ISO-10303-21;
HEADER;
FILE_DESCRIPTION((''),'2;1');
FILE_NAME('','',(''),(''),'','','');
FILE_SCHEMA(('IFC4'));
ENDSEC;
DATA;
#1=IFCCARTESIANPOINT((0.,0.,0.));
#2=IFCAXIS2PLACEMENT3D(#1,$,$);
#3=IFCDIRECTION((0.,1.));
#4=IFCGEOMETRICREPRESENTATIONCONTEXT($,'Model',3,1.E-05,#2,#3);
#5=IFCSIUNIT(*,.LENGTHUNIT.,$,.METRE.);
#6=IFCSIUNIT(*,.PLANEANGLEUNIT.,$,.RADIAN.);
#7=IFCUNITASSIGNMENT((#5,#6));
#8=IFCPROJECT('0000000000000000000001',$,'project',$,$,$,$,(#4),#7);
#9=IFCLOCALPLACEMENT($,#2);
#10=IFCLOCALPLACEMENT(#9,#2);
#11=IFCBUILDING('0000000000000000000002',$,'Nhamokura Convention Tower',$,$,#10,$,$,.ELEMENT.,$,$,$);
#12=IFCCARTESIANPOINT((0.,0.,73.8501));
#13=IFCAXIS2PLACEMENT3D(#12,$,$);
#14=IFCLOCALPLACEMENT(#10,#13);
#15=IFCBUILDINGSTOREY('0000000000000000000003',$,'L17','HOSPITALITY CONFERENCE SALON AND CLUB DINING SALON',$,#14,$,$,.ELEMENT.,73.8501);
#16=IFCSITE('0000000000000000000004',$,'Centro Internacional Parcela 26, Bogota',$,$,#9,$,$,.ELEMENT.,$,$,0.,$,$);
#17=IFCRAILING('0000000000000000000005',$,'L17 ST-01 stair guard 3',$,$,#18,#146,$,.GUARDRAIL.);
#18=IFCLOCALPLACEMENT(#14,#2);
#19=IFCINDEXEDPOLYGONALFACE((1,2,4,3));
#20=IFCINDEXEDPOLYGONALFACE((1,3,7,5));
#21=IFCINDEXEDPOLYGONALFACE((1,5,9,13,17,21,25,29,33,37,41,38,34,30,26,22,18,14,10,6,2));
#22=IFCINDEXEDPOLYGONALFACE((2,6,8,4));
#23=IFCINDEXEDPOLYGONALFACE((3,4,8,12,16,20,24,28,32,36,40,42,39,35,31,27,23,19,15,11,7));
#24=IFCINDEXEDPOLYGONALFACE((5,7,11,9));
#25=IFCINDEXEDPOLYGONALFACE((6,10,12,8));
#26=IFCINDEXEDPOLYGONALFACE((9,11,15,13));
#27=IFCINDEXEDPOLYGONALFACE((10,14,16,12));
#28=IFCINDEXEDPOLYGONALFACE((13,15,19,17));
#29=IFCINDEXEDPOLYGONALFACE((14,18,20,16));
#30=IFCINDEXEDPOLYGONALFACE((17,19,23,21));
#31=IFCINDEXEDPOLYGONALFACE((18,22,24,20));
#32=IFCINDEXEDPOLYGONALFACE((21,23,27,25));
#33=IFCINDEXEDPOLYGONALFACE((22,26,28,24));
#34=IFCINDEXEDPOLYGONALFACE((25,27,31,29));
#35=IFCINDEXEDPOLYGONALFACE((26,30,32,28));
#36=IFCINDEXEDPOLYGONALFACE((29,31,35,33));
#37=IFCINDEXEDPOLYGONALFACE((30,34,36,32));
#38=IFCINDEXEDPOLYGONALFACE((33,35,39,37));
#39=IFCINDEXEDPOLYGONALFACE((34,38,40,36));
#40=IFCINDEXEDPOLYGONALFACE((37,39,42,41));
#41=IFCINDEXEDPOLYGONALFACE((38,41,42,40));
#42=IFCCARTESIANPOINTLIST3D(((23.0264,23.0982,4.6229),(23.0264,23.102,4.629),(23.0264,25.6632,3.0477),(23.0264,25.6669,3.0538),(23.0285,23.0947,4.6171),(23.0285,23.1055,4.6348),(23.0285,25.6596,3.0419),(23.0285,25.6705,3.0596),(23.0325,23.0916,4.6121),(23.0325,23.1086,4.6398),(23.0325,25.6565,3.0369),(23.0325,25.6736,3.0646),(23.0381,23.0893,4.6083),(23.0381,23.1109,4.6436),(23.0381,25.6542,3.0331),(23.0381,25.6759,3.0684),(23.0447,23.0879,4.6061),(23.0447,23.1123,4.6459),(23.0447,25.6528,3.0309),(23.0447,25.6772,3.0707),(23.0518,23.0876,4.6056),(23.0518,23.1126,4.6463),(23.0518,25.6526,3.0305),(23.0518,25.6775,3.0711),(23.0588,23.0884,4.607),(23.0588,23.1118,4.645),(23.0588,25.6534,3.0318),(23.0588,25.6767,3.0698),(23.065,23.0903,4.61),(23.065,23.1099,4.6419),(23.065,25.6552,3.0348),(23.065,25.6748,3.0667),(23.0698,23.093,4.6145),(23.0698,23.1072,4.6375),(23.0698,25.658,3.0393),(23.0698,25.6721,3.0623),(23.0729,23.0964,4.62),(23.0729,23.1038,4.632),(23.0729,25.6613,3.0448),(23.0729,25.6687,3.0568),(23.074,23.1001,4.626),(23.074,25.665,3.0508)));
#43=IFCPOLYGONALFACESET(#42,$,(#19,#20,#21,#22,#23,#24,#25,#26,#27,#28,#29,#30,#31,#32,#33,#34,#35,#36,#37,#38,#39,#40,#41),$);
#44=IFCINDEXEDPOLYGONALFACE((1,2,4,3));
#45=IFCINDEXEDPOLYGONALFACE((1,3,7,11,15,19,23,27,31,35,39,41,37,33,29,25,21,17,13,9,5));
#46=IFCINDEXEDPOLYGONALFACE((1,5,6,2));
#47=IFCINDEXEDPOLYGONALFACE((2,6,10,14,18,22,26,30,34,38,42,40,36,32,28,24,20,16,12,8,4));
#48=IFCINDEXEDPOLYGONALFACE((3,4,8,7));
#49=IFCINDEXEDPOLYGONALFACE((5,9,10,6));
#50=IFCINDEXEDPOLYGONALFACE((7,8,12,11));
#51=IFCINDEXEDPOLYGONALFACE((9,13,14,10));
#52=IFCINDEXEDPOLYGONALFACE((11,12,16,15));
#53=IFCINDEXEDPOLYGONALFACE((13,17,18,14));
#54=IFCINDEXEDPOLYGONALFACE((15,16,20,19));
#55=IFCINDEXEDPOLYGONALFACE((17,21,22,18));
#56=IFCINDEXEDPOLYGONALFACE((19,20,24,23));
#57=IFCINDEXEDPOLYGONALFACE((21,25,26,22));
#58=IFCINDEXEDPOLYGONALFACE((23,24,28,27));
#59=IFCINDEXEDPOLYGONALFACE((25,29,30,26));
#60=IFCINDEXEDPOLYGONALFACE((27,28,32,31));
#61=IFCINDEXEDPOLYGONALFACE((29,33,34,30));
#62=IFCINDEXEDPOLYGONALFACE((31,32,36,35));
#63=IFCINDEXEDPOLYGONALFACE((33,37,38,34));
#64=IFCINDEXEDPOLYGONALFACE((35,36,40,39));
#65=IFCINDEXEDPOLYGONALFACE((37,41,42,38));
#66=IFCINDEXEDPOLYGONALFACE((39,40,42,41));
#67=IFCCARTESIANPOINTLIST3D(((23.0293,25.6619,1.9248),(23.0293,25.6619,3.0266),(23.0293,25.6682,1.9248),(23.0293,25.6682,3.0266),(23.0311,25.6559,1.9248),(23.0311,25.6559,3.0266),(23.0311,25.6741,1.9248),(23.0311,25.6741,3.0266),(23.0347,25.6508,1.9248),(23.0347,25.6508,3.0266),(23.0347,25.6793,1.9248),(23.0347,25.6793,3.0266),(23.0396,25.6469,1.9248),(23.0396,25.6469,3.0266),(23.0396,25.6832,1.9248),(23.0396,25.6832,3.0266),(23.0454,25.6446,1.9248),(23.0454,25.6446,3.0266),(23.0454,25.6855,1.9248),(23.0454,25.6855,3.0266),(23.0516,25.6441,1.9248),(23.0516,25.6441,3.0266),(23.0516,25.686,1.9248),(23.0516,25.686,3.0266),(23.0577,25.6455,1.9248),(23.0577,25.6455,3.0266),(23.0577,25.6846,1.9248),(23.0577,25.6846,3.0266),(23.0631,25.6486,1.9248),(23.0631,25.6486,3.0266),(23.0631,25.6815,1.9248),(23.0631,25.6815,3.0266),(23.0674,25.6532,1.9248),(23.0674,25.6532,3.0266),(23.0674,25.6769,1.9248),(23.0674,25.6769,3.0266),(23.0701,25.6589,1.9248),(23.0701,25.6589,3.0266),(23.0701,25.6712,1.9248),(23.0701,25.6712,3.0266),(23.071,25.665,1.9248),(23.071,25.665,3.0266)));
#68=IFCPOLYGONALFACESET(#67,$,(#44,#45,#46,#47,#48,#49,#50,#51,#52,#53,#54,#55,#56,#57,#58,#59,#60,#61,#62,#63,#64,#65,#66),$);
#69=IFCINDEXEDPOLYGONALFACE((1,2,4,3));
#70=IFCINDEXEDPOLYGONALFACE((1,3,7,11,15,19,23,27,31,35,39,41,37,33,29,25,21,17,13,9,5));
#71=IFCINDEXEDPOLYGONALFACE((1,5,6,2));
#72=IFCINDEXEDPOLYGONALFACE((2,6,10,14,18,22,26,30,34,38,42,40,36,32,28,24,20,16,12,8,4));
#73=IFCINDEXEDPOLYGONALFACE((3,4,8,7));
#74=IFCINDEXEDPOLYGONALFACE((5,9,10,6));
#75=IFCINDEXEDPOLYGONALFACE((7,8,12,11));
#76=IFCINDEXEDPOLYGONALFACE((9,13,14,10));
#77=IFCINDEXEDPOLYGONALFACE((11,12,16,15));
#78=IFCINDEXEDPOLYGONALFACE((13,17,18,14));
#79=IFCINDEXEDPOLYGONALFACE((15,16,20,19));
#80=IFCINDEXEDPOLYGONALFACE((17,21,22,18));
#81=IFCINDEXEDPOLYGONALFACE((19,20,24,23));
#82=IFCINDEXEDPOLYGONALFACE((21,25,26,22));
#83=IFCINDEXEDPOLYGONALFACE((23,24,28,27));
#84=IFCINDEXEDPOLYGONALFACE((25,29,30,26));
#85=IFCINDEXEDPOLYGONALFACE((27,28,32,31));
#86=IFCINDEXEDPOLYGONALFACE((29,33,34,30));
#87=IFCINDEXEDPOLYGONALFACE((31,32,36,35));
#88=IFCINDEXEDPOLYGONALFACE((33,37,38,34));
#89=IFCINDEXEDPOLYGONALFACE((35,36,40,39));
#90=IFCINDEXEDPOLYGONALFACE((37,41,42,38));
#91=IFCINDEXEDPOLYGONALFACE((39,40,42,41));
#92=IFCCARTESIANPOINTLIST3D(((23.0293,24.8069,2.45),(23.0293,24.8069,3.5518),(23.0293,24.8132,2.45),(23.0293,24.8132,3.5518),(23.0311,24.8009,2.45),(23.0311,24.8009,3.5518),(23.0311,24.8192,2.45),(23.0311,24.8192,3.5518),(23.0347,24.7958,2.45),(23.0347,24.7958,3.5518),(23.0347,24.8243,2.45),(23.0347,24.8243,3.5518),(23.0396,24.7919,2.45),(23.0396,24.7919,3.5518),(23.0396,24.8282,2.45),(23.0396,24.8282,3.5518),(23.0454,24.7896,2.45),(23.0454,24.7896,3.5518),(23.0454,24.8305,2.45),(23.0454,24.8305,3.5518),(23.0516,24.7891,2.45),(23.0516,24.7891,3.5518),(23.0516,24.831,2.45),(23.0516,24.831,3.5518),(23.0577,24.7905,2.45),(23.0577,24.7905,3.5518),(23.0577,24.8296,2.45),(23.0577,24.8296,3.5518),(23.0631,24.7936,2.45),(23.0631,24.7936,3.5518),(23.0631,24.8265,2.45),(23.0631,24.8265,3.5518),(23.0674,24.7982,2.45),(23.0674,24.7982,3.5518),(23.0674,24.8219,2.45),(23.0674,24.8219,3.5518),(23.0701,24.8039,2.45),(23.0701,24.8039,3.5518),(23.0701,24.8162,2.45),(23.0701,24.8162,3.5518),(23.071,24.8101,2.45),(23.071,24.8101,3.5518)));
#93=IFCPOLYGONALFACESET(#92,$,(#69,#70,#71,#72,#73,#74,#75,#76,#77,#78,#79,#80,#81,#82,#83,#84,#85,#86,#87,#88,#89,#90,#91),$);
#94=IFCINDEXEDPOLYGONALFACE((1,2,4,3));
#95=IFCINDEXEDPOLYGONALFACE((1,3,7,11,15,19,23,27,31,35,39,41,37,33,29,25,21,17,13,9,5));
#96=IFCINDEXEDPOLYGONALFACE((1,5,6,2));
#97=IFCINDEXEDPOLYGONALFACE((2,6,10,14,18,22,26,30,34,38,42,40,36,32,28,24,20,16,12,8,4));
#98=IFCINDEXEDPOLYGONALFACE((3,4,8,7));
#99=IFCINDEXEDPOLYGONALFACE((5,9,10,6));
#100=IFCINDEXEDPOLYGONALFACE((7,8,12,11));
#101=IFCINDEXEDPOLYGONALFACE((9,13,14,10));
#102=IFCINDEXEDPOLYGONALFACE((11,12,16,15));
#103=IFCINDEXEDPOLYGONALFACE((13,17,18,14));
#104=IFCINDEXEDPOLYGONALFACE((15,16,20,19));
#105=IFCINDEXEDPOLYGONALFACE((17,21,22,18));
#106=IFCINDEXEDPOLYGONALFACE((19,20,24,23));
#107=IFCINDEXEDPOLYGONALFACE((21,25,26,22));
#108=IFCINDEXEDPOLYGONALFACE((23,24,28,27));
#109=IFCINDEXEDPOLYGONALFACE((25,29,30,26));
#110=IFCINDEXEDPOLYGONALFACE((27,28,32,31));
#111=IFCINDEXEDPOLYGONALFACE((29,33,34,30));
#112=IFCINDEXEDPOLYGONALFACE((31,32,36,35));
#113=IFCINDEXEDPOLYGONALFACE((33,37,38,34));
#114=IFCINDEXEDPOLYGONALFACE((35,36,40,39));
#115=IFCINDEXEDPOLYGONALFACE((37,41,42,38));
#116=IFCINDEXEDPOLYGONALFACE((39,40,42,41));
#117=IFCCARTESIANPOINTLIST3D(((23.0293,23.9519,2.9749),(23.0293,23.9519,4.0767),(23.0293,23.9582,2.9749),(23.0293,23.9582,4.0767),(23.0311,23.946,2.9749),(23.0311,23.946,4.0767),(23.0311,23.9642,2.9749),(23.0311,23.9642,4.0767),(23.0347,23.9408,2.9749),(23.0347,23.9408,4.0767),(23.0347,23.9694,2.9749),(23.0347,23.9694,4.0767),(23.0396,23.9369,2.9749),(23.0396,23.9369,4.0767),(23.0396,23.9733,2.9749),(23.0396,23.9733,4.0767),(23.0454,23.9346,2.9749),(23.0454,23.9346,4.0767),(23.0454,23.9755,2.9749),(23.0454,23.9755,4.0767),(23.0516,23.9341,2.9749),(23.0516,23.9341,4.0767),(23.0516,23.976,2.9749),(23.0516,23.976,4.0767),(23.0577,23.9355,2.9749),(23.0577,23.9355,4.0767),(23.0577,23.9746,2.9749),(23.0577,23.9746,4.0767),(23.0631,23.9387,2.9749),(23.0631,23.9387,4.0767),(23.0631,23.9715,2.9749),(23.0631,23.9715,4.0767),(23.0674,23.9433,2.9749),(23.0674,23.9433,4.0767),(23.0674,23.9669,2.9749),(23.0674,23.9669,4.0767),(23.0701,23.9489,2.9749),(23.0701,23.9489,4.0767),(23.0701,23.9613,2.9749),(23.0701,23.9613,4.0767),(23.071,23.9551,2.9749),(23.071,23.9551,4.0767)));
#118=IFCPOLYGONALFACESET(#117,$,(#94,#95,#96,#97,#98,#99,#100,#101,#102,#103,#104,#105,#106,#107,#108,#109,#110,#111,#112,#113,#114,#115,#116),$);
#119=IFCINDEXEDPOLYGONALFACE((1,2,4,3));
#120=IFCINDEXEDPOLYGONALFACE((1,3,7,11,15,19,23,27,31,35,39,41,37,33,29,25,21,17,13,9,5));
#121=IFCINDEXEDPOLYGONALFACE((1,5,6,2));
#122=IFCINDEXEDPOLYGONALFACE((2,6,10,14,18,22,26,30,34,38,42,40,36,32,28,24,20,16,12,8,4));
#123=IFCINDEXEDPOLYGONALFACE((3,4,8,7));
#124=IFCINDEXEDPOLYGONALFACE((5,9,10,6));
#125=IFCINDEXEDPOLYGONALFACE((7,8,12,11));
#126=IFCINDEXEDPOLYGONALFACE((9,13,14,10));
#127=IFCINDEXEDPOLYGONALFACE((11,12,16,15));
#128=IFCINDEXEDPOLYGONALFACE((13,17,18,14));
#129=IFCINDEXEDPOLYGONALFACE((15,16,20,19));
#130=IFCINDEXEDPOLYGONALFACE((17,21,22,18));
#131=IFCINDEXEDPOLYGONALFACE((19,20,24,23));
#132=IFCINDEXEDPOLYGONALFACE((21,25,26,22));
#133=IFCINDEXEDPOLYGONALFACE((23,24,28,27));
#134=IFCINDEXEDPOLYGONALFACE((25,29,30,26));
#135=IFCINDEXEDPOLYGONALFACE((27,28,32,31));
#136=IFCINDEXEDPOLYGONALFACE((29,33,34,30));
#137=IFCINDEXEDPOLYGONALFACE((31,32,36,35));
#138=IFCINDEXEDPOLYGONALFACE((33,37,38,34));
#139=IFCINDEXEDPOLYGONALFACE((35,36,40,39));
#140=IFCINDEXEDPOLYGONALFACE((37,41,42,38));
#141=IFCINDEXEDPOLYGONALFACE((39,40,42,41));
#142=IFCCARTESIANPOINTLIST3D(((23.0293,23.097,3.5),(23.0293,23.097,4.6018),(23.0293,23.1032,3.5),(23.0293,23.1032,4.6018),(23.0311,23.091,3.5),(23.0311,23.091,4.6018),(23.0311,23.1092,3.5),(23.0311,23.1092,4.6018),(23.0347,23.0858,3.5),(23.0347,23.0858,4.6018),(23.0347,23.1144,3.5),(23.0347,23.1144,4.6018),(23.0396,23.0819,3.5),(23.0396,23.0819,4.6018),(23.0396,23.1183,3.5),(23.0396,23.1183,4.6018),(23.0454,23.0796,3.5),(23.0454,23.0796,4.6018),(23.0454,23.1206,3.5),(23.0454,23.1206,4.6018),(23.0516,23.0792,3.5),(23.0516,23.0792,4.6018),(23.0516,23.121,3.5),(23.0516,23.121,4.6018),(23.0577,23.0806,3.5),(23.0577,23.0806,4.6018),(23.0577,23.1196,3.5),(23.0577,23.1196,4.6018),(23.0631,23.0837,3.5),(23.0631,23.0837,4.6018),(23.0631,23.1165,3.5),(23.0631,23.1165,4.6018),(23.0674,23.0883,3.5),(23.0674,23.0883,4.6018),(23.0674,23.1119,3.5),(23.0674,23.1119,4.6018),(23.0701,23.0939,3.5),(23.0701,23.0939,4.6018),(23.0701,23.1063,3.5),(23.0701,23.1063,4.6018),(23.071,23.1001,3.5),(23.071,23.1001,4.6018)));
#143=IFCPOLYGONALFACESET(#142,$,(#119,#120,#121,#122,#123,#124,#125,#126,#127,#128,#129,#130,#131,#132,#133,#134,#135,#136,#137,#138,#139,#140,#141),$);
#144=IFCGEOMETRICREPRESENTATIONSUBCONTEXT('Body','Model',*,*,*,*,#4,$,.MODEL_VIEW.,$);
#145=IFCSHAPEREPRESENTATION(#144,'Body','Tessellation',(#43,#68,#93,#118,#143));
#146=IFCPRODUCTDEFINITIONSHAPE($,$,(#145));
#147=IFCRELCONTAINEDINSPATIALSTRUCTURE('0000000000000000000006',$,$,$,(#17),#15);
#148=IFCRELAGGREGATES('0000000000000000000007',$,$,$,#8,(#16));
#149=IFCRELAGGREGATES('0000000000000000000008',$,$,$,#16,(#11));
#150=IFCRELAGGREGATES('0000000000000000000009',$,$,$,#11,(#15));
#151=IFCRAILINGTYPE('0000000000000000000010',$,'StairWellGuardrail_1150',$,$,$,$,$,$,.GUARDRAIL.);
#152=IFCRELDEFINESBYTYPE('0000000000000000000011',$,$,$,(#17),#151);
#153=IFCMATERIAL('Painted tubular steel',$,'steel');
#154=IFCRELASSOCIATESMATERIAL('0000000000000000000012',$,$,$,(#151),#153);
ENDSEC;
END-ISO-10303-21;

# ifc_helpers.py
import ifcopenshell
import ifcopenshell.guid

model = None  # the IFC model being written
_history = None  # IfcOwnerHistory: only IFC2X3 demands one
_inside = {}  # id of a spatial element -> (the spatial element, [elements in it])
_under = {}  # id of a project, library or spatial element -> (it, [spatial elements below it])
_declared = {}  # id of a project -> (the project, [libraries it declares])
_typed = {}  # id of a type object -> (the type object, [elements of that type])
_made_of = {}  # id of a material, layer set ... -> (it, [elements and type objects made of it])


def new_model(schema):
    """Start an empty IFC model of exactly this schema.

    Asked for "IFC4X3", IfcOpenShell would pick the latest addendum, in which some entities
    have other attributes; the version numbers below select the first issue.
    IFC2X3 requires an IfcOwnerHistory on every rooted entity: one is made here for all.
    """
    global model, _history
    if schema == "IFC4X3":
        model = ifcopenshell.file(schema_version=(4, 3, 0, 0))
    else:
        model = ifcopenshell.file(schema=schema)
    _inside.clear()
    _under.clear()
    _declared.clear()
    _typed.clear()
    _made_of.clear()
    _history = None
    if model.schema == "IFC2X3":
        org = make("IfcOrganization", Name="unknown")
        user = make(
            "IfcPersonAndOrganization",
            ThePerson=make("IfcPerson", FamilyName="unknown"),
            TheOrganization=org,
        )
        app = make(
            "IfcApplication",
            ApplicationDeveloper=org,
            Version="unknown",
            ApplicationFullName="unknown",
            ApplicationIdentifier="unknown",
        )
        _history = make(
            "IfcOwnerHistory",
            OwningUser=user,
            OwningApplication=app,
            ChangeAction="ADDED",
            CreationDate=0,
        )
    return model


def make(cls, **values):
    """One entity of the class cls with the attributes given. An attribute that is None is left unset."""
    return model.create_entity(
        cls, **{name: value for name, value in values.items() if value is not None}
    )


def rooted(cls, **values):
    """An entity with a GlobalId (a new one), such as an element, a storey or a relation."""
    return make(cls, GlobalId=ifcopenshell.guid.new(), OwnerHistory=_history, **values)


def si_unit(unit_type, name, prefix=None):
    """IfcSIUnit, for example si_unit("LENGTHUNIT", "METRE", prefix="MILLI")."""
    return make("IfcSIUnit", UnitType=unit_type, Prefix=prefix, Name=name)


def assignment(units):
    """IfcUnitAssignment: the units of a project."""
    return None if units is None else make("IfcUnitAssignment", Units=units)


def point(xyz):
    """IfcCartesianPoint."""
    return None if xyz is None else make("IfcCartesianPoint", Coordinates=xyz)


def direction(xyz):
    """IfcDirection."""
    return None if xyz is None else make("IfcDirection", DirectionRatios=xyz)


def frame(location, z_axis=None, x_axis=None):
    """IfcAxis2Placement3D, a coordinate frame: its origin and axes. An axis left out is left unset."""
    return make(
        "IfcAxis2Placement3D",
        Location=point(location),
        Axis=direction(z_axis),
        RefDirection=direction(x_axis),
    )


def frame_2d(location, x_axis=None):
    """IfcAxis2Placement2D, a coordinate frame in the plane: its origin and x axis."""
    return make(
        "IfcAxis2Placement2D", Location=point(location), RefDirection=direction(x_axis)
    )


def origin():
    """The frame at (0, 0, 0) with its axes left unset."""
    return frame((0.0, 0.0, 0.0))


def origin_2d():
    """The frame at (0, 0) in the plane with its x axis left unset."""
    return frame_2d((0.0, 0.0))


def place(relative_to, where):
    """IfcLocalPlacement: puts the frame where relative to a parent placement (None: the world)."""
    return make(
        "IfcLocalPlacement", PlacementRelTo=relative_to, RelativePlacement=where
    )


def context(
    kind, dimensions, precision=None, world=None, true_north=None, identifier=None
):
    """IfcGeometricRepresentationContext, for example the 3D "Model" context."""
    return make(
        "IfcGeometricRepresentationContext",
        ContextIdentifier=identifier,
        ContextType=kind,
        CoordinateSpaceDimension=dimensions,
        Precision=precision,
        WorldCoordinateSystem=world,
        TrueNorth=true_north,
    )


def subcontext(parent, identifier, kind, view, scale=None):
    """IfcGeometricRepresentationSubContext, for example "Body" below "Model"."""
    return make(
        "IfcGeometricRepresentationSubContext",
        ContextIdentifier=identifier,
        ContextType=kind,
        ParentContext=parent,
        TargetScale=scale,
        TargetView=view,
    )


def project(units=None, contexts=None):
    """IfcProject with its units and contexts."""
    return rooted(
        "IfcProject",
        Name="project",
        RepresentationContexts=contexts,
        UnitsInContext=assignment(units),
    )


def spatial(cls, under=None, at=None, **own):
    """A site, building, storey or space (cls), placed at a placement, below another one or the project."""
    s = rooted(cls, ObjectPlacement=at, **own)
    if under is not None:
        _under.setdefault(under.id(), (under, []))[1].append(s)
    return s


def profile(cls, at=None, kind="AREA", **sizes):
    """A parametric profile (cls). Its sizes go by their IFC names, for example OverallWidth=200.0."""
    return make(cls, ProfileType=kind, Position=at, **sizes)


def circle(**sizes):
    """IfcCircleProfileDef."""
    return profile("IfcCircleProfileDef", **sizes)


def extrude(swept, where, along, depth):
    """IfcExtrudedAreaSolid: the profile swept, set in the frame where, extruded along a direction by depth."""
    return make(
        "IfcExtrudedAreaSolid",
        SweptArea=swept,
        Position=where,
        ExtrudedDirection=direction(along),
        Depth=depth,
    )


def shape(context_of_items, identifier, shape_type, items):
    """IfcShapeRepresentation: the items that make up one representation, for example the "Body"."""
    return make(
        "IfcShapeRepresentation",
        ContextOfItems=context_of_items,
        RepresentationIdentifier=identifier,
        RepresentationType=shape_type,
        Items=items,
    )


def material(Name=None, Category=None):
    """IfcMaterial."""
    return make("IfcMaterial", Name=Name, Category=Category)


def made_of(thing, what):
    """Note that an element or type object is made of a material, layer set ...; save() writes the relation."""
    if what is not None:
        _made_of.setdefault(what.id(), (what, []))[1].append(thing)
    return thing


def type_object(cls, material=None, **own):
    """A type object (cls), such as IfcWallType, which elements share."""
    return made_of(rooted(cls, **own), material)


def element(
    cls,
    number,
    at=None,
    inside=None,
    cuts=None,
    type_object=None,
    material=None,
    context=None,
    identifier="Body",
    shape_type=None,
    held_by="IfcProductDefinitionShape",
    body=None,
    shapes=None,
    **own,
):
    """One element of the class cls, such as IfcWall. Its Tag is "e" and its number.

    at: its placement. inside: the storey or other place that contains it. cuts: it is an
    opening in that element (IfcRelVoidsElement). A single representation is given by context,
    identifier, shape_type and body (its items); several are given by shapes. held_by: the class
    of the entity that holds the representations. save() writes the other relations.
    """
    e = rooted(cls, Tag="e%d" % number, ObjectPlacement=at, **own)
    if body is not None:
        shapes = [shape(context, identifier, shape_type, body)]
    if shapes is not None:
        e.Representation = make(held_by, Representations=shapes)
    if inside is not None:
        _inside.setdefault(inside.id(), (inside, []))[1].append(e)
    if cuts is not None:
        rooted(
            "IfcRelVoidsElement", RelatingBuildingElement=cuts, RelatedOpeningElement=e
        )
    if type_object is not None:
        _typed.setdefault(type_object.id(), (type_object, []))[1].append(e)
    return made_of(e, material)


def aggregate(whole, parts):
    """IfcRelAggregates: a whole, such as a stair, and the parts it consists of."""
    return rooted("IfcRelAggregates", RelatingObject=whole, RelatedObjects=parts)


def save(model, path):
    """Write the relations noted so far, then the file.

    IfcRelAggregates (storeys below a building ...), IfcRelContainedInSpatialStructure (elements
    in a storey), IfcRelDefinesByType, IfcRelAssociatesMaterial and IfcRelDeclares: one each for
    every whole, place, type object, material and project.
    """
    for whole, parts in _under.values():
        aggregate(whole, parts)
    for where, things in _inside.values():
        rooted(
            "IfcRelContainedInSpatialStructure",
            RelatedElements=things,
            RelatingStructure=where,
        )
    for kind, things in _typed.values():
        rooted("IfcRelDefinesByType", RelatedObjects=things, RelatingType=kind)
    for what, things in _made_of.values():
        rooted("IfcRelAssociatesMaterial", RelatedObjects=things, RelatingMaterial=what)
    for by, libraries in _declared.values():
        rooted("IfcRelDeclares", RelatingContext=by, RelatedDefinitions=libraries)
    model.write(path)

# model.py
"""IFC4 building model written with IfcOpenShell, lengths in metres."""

from ifc_helpers import new_model, si_unit, direction, frame, origin, origin_2d, place, context, subcontext, project, spatial, circle, extrude, material, type_object, element, save


model = new_model("IFC4")

# Units and contexts
model_context = context("Model", 3, precision=1e-05, world=origin(), true_north=direction((0.0, 1.0)))
body_context = subcontext(model_context, "Body", "Model", "MODEL_VIEW")
ifc_project = project(units=[si_unit("LENGTHUNIT", "METRE"), si_unit("PLANEANGLEUNIT", "RADIAN")], contexts=[model_context])

# Site, building, storey
site_placement = place(None, origin())
site = spatial("IfcSite", under=ifc_project, at=site_placement, Name="Centro Internacional Parcela 26, Bogota", CompositionType="ELEMENT", RefElevation=0.0)
building_placement = place(site_placement, origin())
building = spatial("IfcBuilding", under=site, at=building_placement, Name="Nhamokura Convention Tower", CompositionType="ELEMENT")
storey_placement = place(building_placement, frame((0.0, 0.0, 73.8501)))
storey = spatial("IfcBuildingStorey", under=building, at=storey_placement, Name="L17", Description="HOSPITALITY CONFERENCE SALON AND CLUB DINING SALON", CompositionType="ELEMENT", Elevation=73.8501)

# Railing
ifc_material_1 = material(Name="Painted tubular steel", Category="steel")
railing_type_1 = type_object("IfcRailingType", Name="StairWellGuardrail_1150", PredefinedType="GUARDRAIL", material=ifc_material_1)
railing_1_placement = place(storey_placement, frame((23.05, 25.665, 1.9248)))
element("IfcRailing", 1, at=railing_1_placement, inside=storey, type_object=railing_type_1, Name="L17 ST-01 stair guard 3", PredefinedType="GUARDRAIL", context=body_context, shape_type="SweptSolid", body=[
    extrude(circle(Radius=0.0239, at=origin_2d()), frame((0.0, 0.0, 1.126), z_axis=(0.0, -0.852137, 0.523319), x_axis=(1.0, 0.0, 0.0)), (0.0, 0.0, 1.0), 3.01),
    extrude(circle(Radius=0.021, at=origin_2d()), origin(), (0.0, 0.0, 1.0), 1.1018),
    extrude(circle(Radius=0.021, at=origin_2d()), frame((0.0, -0.855, 0.5251)), (0.0, 0.0, 1.0), 1.1018),
    extrude(circle(Radius=0.021, at=origin_2d()), frame((0.0, -1.71, 1.05)), (0.0, 0.0, 1.0), 1.1018),
    extrude(circle(Radius=0.021, at=origin_2d()), frame((0.0, -2.5649, 1.5752)), (0.0, 0.0, 1.0), 1.1018),
])

save(model, "model.ifc")
